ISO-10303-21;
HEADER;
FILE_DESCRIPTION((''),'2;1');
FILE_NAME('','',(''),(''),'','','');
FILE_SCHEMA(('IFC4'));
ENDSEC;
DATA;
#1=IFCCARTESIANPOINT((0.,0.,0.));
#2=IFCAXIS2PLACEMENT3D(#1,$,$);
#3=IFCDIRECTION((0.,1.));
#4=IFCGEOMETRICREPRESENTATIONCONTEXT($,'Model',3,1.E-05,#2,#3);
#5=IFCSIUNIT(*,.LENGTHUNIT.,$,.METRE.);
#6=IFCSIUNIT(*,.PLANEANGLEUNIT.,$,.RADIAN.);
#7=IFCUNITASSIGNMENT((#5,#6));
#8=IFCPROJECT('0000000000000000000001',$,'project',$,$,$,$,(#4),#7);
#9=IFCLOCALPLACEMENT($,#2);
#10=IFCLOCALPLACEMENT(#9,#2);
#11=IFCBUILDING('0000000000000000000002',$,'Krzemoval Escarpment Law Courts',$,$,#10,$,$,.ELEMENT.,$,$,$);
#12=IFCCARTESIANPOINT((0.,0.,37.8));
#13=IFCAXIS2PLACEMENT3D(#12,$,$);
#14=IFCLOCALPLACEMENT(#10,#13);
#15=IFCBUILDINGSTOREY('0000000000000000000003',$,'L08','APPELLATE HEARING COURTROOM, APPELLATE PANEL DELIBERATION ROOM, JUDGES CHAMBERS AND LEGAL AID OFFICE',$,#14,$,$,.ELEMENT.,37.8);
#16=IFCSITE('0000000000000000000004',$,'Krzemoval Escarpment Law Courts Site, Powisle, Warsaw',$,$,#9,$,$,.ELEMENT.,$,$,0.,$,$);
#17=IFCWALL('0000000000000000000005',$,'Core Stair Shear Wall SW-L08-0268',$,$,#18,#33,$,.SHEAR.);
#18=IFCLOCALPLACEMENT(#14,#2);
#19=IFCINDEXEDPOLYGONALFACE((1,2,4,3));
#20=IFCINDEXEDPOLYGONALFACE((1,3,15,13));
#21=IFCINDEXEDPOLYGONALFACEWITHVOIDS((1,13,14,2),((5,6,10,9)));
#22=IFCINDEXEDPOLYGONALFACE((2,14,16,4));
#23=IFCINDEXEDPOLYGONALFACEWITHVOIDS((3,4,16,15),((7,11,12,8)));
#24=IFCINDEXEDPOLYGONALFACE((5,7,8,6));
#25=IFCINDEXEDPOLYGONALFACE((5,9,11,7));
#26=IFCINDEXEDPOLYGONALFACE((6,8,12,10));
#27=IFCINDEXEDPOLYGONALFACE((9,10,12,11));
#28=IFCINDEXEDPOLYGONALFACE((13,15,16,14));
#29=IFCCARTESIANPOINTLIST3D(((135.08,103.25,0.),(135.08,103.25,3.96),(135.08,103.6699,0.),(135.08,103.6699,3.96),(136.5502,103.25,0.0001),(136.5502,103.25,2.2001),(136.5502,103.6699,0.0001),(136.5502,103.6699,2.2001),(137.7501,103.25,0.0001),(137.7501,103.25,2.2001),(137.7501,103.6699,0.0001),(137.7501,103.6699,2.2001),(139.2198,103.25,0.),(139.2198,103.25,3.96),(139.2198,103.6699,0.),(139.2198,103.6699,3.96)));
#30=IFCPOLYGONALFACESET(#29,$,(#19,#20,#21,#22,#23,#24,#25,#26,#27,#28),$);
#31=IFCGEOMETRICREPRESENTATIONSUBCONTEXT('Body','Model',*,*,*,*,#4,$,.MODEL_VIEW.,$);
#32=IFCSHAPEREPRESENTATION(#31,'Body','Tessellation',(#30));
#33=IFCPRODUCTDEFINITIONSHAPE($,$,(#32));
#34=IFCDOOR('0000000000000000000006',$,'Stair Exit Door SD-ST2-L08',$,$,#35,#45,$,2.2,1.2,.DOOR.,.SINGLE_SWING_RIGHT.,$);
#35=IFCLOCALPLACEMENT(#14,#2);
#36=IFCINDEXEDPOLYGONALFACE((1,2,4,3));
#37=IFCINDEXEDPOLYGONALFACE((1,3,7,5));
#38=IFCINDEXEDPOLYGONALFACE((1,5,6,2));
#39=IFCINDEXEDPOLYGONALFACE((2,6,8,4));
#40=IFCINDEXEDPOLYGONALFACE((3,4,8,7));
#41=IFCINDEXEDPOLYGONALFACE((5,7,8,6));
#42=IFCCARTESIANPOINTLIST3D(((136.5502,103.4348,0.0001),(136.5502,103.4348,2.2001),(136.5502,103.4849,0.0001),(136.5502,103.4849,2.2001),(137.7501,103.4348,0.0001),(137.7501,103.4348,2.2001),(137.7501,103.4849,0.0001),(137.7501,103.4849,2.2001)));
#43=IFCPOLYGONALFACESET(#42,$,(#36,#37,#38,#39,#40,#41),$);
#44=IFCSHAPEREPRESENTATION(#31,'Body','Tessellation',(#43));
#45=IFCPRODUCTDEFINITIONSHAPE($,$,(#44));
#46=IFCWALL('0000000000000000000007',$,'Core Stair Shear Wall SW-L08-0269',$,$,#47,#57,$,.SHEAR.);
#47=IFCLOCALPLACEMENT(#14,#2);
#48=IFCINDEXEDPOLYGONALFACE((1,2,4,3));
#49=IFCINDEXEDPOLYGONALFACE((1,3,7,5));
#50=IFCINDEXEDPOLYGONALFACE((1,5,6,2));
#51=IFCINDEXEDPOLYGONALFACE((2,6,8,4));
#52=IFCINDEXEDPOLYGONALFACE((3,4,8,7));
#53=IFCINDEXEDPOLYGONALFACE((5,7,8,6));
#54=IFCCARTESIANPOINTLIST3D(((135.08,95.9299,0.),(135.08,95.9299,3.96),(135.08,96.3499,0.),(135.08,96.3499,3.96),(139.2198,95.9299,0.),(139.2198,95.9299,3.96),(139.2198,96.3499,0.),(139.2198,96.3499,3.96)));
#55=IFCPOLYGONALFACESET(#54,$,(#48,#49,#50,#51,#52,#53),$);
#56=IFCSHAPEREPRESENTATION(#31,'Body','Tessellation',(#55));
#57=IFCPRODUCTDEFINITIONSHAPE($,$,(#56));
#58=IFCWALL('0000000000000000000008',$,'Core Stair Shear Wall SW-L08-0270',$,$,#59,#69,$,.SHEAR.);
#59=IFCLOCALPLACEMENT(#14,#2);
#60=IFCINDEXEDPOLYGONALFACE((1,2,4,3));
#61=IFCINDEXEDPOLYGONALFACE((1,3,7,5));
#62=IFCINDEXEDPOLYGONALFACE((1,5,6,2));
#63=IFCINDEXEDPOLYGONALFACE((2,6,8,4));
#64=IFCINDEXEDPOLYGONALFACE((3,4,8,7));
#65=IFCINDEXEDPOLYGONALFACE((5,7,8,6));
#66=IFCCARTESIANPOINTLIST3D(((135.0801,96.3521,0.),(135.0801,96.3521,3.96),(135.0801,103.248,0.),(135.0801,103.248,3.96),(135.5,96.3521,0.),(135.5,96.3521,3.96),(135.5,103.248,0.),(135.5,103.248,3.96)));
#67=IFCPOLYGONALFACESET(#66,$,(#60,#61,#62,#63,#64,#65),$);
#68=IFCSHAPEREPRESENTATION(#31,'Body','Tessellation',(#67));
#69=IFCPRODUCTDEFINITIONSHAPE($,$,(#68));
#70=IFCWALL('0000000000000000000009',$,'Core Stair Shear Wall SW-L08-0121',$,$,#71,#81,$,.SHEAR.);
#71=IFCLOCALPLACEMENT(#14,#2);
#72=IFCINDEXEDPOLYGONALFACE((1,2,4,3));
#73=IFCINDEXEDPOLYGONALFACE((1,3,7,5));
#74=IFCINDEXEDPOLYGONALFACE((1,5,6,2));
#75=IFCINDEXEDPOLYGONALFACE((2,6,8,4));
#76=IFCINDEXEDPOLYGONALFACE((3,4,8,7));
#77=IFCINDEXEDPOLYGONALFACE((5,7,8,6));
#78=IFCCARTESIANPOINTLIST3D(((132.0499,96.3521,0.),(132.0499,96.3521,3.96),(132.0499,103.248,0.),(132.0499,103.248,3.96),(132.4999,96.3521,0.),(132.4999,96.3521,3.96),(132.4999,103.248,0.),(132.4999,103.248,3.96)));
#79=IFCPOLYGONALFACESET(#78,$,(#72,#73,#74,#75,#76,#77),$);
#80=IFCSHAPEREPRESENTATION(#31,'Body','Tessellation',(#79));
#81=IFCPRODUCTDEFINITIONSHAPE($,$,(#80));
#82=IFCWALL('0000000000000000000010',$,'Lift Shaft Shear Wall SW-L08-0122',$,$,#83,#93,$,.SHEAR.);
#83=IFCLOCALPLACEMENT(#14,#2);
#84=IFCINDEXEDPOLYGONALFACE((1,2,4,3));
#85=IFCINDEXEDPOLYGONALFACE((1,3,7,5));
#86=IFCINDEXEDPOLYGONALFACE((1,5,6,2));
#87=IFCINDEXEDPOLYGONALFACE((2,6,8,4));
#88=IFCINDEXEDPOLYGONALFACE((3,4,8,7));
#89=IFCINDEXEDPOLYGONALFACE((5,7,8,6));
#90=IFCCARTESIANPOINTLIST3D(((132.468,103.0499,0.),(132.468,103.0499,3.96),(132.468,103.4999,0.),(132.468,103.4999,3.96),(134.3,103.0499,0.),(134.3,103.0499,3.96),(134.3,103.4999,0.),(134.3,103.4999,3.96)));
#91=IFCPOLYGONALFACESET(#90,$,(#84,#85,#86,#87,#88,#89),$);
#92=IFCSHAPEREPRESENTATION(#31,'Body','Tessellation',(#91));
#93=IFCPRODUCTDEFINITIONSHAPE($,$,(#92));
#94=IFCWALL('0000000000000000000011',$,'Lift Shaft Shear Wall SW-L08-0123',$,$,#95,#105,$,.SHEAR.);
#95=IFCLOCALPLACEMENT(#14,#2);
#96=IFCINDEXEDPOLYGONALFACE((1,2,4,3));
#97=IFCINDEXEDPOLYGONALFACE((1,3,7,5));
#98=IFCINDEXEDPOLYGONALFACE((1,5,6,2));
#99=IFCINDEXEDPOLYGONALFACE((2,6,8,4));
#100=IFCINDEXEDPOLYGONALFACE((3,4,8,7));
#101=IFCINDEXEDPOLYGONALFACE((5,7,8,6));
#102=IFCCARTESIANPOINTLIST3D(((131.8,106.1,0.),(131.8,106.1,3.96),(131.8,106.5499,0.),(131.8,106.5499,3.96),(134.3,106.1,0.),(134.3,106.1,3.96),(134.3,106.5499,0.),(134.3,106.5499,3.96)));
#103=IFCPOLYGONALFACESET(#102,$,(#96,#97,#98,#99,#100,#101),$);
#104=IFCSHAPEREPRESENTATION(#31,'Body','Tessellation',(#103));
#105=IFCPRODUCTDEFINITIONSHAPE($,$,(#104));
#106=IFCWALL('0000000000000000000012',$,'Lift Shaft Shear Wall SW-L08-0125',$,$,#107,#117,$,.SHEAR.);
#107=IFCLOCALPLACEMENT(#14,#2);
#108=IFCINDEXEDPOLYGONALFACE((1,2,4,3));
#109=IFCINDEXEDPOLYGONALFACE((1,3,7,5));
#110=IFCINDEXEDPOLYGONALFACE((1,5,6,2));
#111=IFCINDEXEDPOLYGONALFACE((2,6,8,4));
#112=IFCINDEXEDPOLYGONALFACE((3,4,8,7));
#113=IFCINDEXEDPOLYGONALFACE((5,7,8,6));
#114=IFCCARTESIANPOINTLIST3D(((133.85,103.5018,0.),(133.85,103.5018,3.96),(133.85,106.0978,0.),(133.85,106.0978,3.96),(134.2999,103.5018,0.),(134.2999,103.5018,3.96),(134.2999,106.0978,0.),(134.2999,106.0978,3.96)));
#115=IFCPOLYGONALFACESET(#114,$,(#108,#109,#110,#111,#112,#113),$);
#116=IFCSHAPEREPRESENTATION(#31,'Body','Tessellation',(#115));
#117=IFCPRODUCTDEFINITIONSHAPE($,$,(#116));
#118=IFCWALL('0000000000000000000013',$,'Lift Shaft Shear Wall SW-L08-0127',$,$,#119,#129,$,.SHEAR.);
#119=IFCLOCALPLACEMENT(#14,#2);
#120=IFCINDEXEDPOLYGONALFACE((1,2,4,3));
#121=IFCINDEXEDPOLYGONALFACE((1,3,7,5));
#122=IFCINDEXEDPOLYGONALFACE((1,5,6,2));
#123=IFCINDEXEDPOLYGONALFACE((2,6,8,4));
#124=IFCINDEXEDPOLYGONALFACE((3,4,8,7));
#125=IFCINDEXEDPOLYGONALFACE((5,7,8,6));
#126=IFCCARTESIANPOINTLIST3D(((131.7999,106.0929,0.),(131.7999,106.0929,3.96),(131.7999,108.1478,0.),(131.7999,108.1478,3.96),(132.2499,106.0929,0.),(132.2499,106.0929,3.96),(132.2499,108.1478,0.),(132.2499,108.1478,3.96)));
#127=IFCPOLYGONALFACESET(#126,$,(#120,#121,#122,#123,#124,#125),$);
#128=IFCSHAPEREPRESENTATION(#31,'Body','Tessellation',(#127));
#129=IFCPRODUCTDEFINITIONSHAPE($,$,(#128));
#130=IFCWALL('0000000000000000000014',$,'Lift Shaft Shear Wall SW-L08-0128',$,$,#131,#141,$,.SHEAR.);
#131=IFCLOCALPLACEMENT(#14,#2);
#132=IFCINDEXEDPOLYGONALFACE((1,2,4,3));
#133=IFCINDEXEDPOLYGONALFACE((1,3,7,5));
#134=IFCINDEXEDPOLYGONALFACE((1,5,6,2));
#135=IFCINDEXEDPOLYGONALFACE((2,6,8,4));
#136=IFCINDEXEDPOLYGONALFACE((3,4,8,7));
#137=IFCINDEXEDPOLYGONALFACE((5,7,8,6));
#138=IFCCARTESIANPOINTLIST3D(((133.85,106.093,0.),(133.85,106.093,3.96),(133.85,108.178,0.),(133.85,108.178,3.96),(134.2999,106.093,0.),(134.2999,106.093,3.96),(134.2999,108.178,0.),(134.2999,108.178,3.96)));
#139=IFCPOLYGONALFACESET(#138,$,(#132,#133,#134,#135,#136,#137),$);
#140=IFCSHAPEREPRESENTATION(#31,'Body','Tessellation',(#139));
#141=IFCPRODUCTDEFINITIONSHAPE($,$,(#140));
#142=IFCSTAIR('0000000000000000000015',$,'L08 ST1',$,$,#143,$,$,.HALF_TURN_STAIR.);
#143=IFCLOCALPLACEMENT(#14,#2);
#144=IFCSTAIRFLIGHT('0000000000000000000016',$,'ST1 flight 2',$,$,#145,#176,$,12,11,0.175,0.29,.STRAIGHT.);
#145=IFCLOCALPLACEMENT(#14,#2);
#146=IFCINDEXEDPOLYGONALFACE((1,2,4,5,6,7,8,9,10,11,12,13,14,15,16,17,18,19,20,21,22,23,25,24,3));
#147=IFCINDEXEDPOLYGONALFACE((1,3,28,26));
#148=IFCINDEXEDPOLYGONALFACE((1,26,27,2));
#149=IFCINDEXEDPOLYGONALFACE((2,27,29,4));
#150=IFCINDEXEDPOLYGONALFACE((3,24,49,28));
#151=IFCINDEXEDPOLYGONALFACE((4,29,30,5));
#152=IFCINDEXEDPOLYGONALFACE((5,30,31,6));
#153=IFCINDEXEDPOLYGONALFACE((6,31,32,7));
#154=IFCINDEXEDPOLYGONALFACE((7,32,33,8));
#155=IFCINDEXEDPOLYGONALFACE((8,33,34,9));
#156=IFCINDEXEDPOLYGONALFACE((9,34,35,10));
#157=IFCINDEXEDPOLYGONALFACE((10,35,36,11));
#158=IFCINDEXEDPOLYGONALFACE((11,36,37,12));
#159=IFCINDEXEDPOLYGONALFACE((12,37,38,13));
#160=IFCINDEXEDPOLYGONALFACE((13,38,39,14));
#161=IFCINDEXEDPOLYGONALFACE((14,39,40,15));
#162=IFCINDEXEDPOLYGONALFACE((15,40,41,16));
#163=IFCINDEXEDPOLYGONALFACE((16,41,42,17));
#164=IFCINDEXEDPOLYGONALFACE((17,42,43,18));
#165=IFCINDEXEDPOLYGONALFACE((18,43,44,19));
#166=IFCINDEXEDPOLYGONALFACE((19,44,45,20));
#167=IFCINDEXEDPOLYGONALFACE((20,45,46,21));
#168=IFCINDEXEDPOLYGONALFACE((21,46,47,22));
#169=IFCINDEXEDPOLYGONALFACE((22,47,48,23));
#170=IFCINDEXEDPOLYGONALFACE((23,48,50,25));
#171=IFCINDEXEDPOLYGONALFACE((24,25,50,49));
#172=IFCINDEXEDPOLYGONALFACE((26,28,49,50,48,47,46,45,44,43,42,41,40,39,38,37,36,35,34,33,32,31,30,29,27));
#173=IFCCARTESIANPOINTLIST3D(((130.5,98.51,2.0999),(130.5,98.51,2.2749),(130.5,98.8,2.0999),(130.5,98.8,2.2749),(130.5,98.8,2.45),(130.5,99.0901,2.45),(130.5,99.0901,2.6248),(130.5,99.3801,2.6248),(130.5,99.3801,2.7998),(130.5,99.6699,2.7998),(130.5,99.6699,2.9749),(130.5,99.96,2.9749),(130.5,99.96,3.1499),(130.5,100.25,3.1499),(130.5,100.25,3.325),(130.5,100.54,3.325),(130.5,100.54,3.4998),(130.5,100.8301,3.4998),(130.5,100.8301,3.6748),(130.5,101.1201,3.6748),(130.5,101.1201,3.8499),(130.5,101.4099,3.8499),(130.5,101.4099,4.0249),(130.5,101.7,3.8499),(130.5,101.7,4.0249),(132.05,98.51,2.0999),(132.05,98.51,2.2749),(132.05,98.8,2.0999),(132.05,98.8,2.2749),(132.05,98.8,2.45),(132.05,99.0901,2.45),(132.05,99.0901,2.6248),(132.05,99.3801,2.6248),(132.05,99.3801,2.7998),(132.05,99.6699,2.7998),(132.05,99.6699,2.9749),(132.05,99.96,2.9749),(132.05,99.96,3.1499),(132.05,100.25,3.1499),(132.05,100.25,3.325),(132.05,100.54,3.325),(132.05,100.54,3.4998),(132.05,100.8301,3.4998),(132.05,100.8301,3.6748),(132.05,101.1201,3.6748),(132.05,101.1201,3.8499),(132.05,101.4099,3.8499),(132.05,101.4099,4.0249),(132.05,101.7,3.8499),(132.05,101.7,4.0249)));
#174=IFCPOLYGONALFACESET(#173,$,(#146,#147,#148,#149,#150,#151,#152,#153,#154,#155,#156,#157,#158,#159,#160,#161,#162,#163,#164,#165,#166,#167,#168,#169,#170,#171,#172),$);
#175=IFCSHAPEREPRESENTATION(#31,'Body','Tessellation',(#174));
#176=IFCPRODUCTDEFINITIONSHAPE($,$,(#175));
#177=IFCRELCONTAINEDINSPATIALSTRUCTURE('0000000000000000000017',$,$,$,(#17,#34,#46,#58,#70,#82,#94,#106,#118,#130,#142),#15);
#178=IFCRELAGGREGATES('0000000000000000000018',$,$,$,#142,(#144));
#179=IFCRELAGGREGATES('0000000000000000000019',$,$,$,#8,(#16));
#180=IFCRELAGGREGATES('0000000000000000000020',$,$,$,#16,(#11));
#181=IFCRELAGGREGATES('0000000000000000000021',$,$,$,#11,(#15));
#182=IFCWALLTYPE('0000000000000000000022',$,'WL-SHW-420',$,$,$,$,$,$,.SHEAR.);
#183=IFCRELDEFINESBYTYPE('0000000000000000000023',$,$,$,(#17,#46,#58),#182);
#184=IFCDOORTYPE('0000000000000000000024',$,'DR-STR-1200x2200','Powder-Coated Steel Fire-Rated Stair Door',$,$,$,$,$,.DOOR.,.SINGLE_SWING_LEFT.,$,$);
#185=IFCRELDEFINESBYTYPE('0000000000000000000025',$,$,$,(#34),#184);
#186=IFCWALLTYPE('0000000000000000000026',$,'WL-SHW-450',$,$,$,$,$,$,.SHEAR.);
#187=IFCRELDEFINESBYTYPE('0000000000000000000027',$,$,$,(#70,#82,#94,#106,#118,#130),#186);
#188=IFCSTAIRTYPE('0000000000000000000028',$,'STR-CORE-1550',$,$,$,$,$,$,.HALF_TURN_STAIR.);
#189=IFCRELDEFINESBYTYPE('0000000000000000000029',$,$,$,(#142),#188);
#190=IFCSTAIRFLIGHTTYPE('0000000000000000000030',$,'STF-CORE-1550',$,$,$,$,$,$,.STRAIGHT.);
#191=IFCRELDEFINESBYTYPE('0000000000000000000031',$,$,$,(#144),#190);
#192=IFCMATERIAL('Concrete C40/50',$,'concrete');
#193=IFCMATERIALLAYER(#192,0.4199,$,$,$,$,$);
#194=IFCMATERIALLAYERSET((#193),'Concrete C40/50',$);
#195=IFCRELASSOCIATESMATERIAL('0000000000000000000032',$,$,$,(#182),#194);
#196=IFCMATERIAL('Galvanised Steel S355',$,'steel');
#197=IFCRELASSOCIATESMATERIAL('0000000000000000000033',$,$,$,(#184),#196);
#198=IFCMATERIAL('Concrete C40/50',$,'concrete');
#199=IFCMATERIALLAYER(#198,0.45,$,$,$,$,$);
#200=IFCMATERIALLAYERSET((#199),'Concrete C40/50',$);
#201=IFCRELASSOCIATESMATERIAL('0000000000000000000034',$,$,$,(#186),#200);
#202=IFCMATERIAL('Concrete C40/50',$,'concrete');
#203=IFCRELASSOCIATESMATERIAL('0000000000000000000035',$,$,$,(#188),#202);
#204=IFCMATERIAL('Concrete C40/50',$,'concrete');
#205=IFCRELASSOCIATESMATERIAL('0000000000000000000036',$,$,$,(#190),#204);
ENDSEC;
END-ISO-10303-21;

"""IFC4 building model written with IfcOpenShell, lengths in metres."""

from ifc_helpers import new_model, si_unit, direction, frame, frame_2d, origin, place, context, subcontext, project, spatial, polyline, rectangle, outline, extrude, material, layer, layer_set, type_object, element, fill, aggregate, save


model = new_model("IFC4")

# Units and contexts
model_context = context("Model", 3, precision=1e-05, world=origin(), true_north=direction((0.0, 1.0)))
body_context = subcontext(model_context, "Body", "Model", "MODEL_VIEW")
ifc_project = project(units=[si_unit("LENGTHUNIT", "METRE"), si_unit("PLANEANGLEUNIT", "RADIAN")], contexts=[model_context])

# Site, building, storey
site_placement = place(None, origin())
site = spatial("IfcSite", under=ifc_project, at=site_placement, Name="Krzemoval Escarpment Law Courts Site, Powisle, Warsaw", CompositionType="ELEMENT", RefElevation=0.0)
building_placement = place(site_placement, origin())
building = spatial("IfcBuilding", under=site, at=building_placement, Name="Krzemoval Escarpment Law Courts", CompositionType="ELEMENT")
storey_placement = place(building_placement, frame((0.0, 0.0, 37.8)))
storey = spatial("IfcBuildingStorey", under=building, at=storey_placement, Name="L08", Description="APPELLATE HEARING COURTROOM, APPELLATE PANEL DELIBERATION ROOM, JUDGES CHAMBERS AND LEGAL AID OFFICE", CompositionType="ELEMENT", Elevation=37.8)

# Wall, opening, door
ifc_material_1 = material(Name="Concrete C40/50", Category="concrete")
ifc_layer_1 = layer(ifc_material_1, 0.4199)
ifc_layer_set_1 = layer_set([ifc_layer_1], Name="Concrete C40/50")
wall_type_1 = type_object("IfcWallType", Name="WL-SHW-420", PredefinedType="SHEAR", material=ifc_layer_set_1)
wall_1_placement = place(storey_placement, frame((135.0801, 103.46, 0.0), z_axis=(0.0, 0.0, 1.0), x_axis=(1.0, 0.0, 0.0)))
wall_1 = element("IfcWall", 1, at=wall_1_placement, inside=storey, type_object=wall_type_1, Name="Core Stair Shear Wall SW-L08-0268", PredefinedType="SHEAR", context=body_context, shape_type="SweptSolid", body=[
    extrude(rectangle(XDim=4.1399, YDim=0.4199, at=frame_2d((2.0698, 0.0))), origin(), (0.0, 0.0, 1.0), 3.96),
])
opening_1_placement = place(wall_1_placement, frame((1.47, 0.0, 0.0)))
opening_1 = element("IfcOpeningElement", 2, at=opening_1_placement, cuts=wall_1, PredefinedType="OPENING", context=body_context, shape_type="SweptSolid", body=[
    extrude(rectangle(XDim=1.2, YDim=2.2, at=frame_2d((0.6001, 1.1001))), frame((0.0, 0.225, 0.0), z_axis=(0.0, -1.0, 0.0), x_axis=(1.0, 0.0, 0.0)), (0.0, 0.0, 1.0), 0.4499),
])
ifc_material_2 = material(Name="Galvanised Steel S355", Category="steel")
door_type_1 = type_object("IfcDoorType", Name="DR-STR-1200x2200", Description="Powder-Coated Steel Fire-Rated Stair Door", OperationType="SINGLE_SWING_LEFT", PredefinedType="DOOR", material=ifc_material_2)
door_1_placement = place(opening_1_placement, origin())
door_1 = element("IfcDoor", 3, at=door_1_placement, inside=storey, type_object=door_type_1, Name="Stair Exit Door SD-ST2-L08", OperationType="SINGLE_SWING_RIGHT", OverallHeight=2.2, OverallWidth=1.2, PredefinedType="DOOR", context=body_context, shape_type="SweptSolid", body=[
    extrude(rectangle(XDim=1.2, YDim=2.2, at=frame_2d((0.6001, 1.1001))), frame((0.0, 0.0249, 0.0), z_axis=(0.0, -1.0, 0.0), x_axis=(1.0, 0.0, 0.0)), (0.0, 0.0, 1.0), 0.05),
])
fill(opening_1, door_1)

# Walls
wall_2_placement = place(storey_placement, frame((135.0801, 96.1399, 0.0), z_axis=(0.0, 0.0, 1.0), x_axis=(1.0, 0.0, 0.0)))
element("IfcWall", 4, at=wall_2_placement, inside=storey, type_object=wall_type_1, Name="Core Stair Shear Wall SW-L08-0269", PredefinedType="SHEAR", context=body_context, shape_type="SweptSolid", body=[
    extrude(rectangle(XDim=4.1399, YDim=0.4199, at=frame_2d((2.0698, 0.0))), origin(), (0.0, 0.0, 1.0), 3.96),
])
wall_3_placement = place(storey_placement, frame((135.29, 96.3521, 0.0), z_axis=(0.0, 0.0, 1.0), x_axis=(0.0, 1.0, 0.0)))
element("IfcWall", 5, at=wall_3_placement, inside=storey, type_object=wall_type_1, Name="Core Stair Shear Wall SW-L08-0270", PredefinedType="SHEAR", context=body_context, shape_type="SweptSolid", body=[
    extrude(rectangle(XDim=6.896, YDim=0.4199, at=frame_2d((3.448, 0.0))), origin(), (0.0, 0.0, 1.0), 3.96),
])
ifc_material_3 = material(Name="Concrete C40/50", Category="concrete")
ifc_layer_2 = layer(ifc_material_3, 0.45)
ifc_layer_set_2 = layer_set([ifc_layer_2], Name="Concrete C40/50")
wall_type_2 = type_object("IfcWallType", Name="WL-SHW-450", PredefinedType="SHEAR", material=ifc_layer_set_2)
wall_4_placement = place(storey_placement, frame((132.2749, 96.3521, 0.0), z_axis=(0.0, 0.0, 1.0), x_axis=(0.0, 1.0, 0.0)))
element("IfcWall", 6, at=wall_4_placement, inside=storey, type_object=wall_type_2, Name="Core Stair Shear Wall SW-L08-0121", PredefinedType="SHEAR", context=body_context, shape_type="SweptSolid", body=[
    extrude(rectangle(XDim=6.896, YDim=0.45, at=frame_2d((3.448, 0.0))), origin(), (0.0, 0.0, 1.0), 3.96),
])
wall_5_placement = place(storey_placement, frame((132.468, 103.2749, 0.0), z_axis=(0.0, 0.0, 1.0), x_axis=(1.0, 0.0, 0.0)))
element("IfcWall", 7, at=wall_5_placement, inside=storey, type_object=wall_type_2, Name="Lift Shaft Shear Wall SW-L08-0122", PredefinedType="SHEAR", context=body_context, shape_type="SweptSolid", body=[
    extrude(rectangle(XDim=1.832, YDim=0.45, at=frame_2d((0.916, 0.0))), origin(), (0.0, 0.0, 1.0), 3.96),
])
wall_6_placement = place(storey_placement, frame((131.8, 106.325, 0.0), z_axis=(0.0, 0.0, 1.0), x_axis=(1.0, 0.0, 0.0)))
element("IfcWall", 8, at=wall_6_placement, inside=storey, type_object=wall_type_2, Name="Lift Shaft Shear Wall SW-L08-0123", PredefinedType="SHEAR", context=body_context, shape_type="SweptSolid", body=[
    extrude(rectangle(XDim=2.5, YDim=0.45, at=frame_2d((1.25, 0.0))), origin(), (0.0, 0.0, 1.0), 3.96),
])

# Walls
wall_7_placement = place(storey_placement, frame((134.075, 103.502, 0.0), z_axis=(0.0, 0.0, 1.0), x_axis=(0.0, 1.0, 0.0)))
element("IfcWall", 9, at=wall_7_placement, inside=storey, type_object=wall_type_2, Name="Lift Shaft Shear Wall SW-L08-0125", PredefinedType="SHEAR", context=body_context, shape_type="SweptSolid", body=[
    extrude(rectangle(XDim=2.5959, YDim=0.45, at=frame_2d((1.2979, 0.0))), origin(), (0.0, 0.0, 1.0), 3.96),
])
wall_8_placement = place(storey_placement, frame((132.0249, 106.093, 0.0), z_axis=(0.0, 0.0, 1.0), x_axis=(0.0, 1.0, 0.0)))
element("IfcWall", 10, at=wall_8_placement, inside=storey, type_object=wall_type_2, Name="Lift Shaft Shear Wall SW-L08-0127", PredefinedType="SHEAR", context=body_context, shape_type="SweptSolid", body=[
    extrude(rectangle(XDim=2.0549, YDim=0.45, at=frame_2d((1.0273, 0.0))), origin(), (0.0, 0.0, 1.0), 3.96),
])
wall_9_placement = place(storey_placement, frame((134.075, 106.093, 0.0), z_axis=(0.0, 0.0, 1.0), x_axis=(0.0, 1.0, 0.0)))
element("IfcWall", 11, at=wall_9_placement, inside=storey, type_object=wall_type_2, Name="Lift Shaft Shear Wall SW-L08-0128", PredefinedType="SHEAR", context=body_context, shape_type="SweptSolid", body=[
    extrude(rectangle(XDim=2.085, YDim=0.45, at=frame_2d((1.0425, 0.0))), origin(), (0.0, 0.0, 1.0), 3.96),
])

# Stair, stair flight
ifc_material_4 = material(Name="Concrete C40/50", Category="concrete")
stair_type = type_object("IfcStairType", Name="STR-CORE-1550", PredefinedType="HALF_TURN_STAIR", material=ifc_material_4)
stair_1_placement = place(storey_placement, origin())
stair_1 = element("IfcStair", 12, at=stair_1_placement, inside=storey, type_object=stair_type, Name="L08 ST1", PredefinedType="HALF_TURN_STAIR")
ifc_material_5 = material(Name="Concrete C40/50", Category="concrete")
stair_flight_type = type_object("IfcStairFlightType", Name="STF-CORE-1550", PredefinedType="STRAIGHT", material=ifc_material_5)
stair_flight_1_placement = place(storey_placement, frame((131.2749, 98.51, 2.0999), z_axis=(0.0, 0.0, 1.0), x_axis=(0.0, 1.0, 0.0)))
stair_flight_1 = element("IfcStairFlight", 13, at=stair_flight_1_placement, type_object=stair_flight_type, Name="ST1 flight 2", NumberOfRisers=12, NumberOfTreads=11, PredefinedType="STRAIGHT", RiserHeight=0.175, TreadLength=0.29, context=body_context, shape_type="SweptSolid", body=[
    extrude(outline(polyline([(0.0, 0.0), (0.0, 0.175), (0.29, 0.175), (0.29, 0.3501), (0.5801, 0.3501), (0.5801, 0.5249), (0.8701, 0.5249), (0.8701, 0.7), (1.1599, 0.7), (1.1599, 0.875), (1.45, 0.875), (1.45, 1.05), (1.74, 1.05), (1.74, 1.2251), (2.03, 1.2251), (2.03, 1.3999), (2.3201, 1.3999), (2.3201, 1.575), (2.6101, 1.575), (2.6101, 1.75), (2.8999, 1.75), (2.8999, 1.925), (3.1899, 1.925), (3.1899, 2.1001), (3.1899, 1.75), (0.29, 0.0), (0.0, 0.0)])), frame((0.0, 0.7749, 0.0), z_axis=(0.0, -1.0, 0.0), x_axis=(1.0, 0.0, 0.0)), (0.0, 0.0, 1.0), 1.55),
])
aggregate(stair_1, [stair_flight_1])

save(model, "model.ifc")
